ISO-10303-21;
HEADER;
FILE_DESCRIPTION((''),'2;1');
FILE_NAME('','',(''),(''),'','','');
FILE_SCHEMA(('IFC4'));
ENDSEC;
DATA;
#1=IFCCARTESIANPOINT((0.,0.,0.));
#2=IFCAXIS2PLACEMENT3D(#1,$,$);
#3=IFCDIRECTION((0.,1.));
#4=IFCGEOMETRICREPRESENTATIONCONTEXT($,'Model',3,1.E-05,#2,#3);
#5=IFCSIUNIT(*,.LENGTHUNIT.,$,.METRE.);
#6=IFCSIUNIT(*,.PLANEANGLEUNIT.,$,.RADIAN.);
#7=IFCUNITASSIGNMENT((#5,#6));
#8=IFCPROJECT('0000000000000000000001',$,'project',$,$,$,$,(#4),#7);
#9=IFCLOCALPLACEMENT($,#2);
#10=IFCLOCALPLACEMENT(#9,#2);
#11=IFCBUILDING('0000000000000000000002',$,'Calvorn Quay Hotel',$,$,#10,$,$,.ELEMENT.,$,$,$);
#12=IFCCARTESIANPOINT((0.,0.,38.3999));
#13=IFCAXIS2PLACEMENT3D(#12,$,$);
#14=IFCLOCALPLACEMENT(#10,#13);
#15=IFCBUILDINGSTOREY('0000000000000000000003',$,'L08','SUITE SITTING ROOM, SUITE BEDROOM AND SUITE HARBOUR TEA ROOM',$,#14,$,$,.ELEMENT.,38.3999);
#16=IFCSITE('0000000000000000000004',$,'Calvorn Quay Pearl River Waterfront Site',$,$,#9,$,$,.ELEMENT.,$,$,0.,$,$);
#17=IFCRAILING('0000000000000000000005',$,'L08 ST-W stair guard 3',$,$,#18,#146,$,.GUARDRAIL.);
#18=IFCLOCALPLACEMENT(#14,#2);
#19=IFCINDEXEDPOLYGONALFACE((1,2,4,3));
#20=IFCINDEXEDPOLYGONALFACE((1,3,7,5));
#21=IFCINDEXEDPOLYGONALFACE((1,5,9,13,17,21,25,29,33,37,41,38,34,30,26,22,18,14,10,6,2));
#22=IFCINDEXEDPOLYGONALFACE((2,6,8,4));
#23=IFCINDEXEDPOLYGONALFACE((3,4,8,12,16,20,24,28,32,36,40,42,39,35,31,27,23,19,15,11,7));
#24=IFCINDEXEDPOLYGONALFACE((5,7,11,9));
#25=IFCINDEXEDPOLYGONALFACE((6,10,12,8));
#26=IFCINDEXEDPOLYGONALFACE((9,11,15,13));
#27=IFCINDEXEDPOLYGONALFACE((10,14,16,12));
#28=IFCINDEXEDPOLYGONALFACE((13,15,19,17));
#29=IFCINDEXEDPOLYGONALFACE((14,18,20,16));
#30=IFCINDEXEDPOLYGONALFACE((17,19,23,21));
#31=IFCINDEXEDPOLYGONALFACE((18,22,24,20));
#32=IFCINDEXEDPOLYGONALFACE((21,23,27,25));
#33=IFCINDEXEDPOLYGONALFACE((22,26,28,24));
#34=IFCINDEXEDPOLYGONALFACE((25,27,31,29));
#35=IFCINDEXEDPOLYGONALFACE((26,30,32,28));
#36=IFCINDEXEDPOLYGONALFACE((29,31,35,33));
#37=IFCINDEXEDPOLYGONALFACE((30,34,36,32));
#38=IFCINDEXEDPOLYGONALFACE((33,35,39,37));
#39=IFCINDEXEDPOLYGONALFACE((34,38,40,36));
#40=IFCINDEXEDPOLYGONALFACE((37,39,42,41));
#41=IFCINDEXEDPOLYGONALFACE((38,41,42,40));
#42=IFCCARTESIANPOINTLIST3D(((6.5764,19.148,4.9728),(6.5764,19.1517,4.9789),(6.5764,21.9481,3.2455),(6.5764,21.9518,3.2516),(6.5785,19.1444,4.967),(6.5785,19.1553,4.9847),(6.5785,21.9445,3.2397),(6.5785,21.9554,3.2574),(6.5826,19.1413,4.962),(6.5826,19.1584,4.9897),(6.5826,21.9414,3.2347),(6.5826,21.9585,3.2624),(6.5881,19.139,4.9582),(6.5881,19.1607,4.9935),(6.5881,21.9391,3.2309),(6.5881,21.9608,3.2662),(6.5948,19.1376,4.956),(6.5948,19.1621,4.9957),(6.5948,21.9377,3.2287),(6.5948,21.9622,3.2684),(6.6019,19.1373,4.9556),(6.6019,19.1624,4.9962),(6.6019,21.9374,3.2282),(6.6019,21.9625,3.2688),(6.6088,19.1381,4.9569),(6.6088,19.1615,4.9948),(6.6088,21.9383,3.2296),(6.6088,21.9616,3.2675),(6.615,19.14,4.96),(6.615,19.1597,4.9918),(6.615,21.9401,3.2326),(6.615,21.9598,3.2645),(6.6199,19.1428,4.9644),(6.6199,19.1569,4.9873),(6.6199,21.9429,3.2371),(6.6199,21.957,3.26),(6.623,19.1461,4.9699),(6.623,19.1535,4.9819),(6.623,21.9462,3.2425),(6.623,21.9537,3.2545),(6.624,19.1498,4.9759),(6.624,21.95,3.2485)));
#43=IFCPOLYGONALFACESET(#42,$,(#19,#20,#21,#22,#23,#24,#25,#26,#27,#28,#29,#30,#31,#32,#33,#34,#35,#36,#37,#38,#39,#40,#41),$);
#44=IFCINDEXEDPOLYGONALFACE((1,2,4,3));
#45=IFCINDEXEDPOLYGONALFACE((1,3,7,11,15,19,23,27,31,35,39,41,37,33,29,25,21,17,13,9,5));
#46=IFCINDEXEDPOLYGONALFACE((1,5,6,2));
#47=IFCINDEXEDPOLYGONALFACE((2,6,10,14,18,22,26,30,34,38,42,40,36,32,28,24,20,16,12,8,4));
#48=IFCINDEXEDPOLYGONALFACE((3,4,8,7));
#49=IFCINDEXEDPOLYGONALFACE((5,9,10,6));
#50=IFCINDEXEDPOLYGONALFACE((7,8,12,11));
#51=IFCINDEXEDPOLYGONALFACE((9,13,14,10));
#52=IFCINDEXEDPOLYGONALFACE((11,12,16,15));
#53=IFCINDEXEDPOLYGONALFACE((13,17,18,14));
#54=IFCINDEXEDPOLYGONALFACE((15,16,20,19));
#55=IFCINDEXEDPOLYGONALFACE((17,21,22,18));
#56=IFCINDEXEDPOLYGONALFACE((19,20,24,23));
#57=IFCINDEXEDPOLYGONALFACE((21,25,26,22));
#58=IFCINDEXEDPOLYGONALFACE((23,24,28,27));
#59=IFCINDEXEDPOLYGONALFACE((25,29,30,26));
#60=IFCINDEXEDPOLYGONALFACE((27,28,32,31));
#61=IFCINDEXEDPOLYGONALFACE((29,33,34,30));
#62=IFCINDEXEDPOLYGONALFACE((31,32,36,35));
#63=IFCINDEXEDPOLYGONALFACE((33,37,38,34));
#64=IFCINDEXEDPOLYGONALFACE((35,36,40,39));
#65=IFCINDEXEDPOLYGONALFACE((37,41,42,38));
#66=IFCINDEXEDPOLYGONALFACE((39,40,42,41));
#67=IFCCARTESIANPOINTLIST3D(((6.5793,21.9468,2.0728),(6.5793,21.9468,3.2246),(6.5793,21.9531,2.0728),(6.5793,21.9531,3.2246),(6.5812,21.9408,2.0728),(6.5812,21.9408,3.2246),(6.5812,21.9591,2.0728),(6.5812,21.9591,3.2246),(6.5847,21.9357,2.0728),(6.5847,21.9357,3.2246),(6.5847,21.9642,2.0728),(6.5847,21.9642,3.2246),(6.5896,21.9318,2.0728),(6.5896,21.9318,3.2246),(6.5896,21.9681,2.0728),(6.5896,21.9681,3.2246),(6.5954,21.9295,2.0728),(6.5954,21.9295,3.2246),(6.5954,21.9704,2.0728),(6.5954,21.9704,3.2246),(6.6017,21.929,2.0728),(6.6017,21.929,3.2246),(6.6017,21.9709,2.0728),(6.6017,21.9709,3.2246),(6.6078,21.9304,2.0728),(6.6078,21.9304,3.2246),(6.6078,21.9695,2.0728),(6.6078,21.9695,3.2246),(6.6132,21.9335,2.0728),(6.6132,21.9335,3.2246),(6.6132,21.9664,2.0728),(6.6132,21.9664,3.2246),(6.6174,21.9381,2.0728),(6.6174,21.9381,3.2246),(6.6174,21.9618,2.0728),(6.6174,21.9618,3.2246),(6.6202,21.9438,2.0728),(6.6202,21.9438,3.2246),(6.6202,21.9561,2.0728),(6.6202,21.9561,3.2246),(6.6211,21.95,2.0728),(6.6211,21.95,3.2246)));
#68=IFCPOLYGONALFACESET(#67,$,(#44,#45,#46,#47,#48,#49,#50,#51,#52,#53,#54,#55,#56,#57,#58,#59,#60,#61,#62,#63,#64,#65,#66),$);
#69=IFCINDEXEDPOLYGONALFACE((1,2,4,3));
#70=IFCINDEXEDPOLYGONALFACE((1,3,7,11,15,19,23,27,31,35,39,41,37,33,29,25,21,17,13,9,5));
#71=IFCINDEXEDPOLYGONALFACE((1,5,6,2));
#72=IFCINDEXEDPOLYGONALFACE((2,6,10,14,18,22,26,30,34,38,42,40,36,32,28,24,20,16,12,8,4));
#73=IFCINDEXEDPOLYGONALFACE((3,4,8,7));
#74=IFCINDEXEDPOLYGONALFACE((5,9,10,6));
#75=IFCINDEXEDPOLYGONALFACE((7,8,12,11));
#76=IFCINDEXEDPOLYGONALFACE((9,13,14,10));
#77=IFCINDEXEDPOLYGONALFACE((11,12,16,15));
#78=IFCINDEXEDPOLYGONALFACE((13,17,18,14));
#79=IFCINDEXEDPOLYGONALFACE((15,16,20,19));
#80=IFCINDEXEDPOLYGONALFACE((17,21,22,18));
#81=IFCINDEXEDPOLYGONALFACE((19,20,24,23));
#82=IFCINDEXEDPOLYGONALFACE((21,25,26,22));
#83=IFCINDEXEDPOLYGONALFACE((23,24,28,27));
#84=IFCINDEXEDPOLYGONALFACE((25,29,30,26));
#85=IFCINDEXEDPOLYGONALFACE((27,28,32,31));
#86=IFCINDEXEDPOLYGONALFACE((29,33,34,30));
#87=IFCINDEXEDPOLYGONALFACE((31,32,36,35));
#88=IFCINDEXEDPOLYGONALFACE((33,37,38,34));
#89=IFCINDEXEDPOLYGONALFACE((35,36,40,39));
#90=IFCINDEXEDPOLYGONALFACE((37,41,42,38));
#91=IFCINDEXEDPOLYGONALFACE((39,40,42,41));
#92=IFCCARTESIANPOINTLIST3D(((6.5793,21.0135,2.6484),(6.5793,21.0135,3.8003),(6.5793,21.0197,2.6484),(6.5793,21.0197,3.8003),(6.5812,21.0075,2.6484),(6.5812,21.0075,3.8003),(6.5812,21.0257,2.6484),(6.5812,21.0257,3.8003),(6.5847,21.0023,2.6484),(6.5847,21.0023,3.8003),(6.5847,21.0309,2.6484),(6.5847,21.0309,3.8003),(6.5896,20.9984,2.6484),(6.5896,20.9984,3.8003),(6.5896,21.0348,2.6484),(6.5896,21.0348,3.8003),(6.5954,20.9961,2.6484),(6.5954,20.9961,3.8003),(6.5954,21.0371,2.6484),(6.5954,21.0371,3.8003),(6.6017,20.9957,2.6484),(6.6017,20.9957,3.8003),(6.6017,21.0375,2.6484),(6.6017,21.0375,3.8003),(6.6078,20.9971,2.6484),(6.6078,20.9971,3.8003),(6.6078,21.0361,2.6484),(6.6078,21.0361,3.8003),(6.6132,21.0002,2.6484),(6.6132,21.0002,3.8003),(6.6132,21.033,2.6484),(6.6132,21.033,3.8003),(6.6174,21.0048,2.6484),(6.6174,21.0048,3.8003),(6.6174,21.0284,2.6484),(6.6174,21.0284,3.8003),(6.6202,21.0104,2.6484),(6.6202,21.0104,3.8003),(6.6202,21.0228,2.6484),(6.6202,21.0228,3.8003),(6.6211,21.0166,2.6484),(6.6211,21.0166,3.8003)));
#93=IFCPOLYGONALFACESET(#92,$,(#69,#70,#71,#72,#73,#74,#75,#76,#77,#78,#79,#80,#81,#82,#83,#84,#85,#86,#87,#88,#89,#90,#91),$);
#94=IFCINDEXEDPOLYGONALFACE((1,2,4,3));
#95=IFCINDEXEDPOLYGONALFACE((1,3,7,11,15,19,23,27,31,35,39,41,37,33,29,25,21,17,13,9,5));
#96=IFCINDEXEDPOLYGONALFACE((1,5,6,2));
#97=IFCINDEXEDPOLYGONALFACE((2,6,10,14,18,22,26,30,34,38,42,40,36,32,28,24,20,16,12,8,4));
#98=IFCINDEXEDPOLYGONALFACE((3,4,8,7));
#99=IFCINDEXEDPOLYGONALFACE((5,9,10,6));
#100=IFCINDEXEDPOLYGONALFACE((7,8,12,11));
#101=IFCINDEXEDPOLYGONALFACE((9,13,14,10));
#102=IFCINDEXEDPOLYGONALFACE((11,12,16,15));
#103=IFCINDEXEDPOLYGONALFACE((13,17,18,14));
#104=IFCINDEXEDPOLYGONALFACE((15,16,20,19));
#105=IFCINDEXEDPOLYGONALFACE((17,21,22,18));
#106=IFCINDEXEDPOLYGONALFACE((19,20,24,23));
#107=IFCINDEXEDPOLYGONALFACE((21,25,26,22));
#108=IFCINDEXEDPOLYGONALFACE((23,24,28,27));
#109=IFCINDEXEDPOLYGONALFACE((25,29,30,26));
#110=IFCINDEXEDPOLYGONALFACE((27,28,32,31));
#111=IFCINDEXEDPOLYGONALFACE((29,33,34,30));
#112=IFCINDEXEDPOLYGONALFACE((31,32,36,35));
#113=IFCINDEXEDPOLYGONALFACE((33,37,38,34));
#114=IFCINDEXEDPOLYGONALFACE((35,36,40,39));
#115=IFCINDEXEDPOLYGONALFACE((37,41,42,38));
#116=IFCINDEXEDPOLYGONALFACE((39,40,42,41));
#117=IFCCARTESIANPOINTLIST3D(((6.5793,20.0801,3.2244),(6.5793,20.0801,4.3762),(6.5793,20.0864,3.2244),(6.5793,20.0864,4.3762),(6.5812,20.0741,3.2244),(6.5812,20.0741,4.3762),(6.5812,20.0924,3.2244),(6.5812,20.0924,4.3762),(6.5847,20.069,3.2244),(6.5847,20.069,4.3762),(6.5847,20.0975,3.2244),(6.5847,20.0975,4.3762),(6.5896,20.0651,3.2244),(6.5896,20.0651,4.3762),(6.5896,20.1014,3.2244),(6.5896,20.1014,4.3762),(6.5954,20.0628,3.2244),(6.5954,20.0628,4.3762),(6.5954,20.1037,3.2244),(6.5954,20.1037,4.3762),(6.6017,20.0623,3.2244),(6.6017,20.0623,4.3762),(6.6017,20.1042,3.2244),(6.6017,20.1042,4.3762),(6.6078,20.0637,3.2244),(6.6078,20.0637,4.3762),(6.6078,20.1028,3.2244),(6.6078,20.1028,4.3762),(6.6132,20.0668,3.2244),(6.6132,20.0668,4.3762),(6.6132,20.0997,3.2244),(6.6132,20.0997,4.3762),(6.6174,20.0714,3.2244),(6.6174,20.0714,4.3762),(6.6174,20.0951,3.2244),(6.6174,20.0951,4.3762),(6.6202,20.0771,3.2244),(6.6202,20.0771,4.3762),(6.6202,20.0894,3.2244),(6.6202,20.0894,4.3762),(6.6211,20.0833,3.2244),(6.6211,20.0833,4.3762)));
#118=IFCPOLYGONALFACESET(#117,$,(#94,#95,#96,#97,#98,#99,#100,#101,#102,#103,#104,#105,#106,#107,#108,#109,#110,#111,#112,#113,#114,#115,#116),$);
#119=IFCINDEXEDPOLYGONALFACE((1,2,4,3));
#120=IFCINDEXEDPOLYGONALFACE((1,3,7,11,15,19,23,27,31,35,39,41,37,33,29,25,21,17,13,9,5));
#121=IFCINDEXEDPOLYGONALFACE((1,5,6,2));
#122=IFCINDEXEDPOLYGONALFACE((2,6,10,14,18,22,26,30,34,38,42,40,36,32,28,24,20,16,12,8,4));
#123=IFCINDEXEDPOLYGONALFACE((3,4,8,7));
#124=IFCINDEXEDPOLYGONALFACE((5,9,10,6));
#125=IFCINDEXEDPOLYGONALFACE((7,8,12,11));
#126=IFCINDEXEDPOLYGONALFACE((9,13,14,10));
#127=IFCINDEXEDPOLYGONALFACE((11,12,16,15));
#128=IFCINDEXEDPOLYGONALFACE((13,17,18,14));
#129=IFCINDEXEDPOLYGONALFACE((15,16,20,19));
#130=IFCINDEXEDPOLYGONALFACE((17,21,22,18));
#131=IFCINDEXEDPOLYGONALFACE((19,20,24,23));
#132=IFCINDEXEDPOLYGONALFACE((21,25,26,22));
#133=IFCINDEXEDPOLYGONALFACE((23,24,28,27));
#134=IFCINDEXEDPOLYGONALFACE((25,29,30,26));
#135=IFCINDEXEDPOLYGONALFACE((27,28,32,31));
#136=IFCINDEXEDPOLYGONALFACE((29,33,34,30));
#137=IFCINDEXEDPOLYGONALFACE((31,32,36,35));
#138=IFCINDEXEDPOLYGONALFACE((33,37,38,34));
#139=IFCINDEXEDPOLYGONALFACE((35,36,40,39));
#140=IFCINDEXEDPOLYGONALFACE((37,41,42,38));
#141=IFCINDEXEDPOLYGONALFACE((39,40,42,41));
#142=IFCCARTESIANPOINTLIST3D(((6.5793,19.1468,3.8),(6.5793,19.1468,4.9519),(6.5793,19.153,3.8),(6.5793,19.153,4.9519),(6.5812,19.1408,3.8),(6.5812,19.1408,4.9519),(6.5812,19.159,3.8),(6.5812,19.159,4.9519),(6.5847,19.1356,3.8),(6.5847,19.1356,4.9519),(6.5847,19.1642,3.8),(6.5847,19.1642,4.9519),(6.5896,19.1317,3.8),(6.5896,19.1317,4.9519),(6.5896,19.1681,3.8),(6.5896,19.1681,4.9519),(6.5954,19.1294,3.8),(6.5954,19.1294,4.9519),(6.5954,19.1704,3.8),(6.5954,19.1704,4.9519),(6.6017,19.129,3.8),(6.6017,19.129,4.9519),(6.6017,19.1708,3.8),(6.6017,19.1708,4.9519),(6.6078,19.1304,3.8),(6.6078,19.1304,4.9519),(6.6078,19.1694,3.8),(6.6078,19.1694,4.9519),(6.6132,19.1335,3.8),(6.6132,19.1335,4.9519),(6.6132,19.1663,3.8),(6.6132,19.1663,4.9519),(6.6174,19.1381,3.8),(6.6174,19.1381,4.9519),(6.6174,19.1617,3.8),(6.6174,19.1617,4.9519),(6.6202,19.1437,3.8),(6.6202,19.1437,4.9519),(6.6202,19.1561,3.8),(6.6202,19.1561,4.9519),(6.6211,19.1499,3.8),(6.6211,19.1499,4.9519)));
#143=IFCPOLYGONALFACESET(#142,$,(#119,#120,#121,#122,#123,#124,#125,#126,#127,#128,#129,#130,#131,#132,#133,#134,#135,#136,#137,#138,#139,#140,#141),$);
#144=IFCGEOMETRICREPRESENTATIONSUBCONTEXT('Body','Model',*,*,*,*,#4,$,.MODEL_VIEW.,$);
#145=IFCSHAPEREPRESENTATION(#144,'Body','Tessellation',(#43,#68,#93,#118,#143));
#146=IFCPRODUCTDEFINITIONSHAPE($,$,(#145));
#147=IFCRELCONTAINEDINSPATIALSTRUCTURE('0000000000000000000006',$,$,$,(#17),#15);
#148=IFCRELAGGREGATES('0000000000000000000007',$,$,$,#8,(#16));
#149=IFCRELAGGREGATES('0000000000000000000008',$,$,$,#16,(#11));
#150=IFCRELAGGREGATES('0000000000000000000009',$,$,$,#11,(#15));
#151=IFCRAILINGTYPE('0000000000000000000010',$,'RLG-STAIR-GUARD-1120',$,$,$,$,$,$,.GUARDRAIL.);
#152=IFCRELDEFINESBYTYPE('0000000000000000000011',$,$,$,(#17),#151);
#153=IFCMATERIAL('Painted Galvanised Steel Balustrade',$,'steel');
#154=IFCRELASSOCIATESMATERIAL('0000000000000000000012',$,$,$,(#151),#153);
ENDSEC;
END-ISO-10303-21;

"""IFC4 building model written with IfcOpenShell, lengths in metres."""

from ifc_helpers import new_model, si_unit, direction, frame, origin, origin_2d, place, context, subcontext, project, spatial, circle, extrude, material, type_object, element, save


model = new_model("IFC4")

# Units and contexts
model_context = context("Model", 3, precision=1e-05, world=origin(), true_north=direction((0.0, 1.0)))
body_context = subcontext(model_context, "Body", "Model", "MODEL_VIEW")
ifc_project = project(units=[si_unit("LENGTHUNIT", "METRE"), si_unit("PLANEANGLEUNIT", "RADIAN")], contexts=[model_context])

# Site, building, storey
site_placement = place(None, origin())
site = spatial("IfcSite", under=ifc_project, at=site_placement, Name="Calvorn Quay Pearl River Waterfront Site", CompositionType="ELEMENT", RefElevation=0.0)
building_placement = place(site_placement, origin())
building = spatial("IfcBuilding", under=site, at=building_placement, Name="Calvorn Quay Hotel", CompositionType="ELEMENT")
storey_placement = place(building_placement, frame((0.0, 0.0, 38.3999)))
storey = spatial("IfcBuildingStorey", under=building, at=storey_placement, Name="L08", Description="SUITE SITTING ROOM, SUITE BEDROOM AND SUITE HARBOUR TEA ROOM", CompositionType="ELEMENT", Elevation=38.3999)

# Railing
ifc_material_1 = material(Name="Painted Galvanised Steel Balustrade", Category="steel")
railing_type_1 = type_object("IfcRailingType", Name="RLG-STAIR-GUARD-1120", PredefinedType="GUARDRAIL", material=ifc_material_1)
railing_1_placement = place(storey_placement, frame((6.6001, 21.95, 2.0728)))
element("IfcRailing", 1, at=railing_1_placement, inside=storey, type_object=railing_type_1, Name="L08 ST-W stair guard 3", PredefinedType="GUARDRAIL", context=body_context, shape_type="SweptSolid", body=[
    extrude(circle(Radius=0.0239, at=origin_2d()), frame((0.0, 0.0, 1.1758), z_axis=(0.0, -0.85109, 0.52502), x_axis=(1.0, 0.0, 0.0)), (0.0, 0.0, 1.0), 3.29),
    extrude(circle(Radius=0.021, at=origin_2d()), origin(), (0.0, 0.0, 1.0), 1.1519),
    extrude(circle(Radius=0.021, at=origin_2d()), frame((0.0, -0.9333, 0.5757)), (0.0, 0.0, 1.0), 1.1519),
    extrude(circle(Radius=0.021, at=origin_2d()), frame((0.0, -1.8667, 1.1516)), (0.0, 0.0, 1.0), 1.1519),
    extrude(circle(Radius=0.021, at=origin_2d()), frame((0.0, -2.8, 1.7273)), (0.0, 0.0, 1.0), 1.1519),
])

save(model, "model.ifc")
